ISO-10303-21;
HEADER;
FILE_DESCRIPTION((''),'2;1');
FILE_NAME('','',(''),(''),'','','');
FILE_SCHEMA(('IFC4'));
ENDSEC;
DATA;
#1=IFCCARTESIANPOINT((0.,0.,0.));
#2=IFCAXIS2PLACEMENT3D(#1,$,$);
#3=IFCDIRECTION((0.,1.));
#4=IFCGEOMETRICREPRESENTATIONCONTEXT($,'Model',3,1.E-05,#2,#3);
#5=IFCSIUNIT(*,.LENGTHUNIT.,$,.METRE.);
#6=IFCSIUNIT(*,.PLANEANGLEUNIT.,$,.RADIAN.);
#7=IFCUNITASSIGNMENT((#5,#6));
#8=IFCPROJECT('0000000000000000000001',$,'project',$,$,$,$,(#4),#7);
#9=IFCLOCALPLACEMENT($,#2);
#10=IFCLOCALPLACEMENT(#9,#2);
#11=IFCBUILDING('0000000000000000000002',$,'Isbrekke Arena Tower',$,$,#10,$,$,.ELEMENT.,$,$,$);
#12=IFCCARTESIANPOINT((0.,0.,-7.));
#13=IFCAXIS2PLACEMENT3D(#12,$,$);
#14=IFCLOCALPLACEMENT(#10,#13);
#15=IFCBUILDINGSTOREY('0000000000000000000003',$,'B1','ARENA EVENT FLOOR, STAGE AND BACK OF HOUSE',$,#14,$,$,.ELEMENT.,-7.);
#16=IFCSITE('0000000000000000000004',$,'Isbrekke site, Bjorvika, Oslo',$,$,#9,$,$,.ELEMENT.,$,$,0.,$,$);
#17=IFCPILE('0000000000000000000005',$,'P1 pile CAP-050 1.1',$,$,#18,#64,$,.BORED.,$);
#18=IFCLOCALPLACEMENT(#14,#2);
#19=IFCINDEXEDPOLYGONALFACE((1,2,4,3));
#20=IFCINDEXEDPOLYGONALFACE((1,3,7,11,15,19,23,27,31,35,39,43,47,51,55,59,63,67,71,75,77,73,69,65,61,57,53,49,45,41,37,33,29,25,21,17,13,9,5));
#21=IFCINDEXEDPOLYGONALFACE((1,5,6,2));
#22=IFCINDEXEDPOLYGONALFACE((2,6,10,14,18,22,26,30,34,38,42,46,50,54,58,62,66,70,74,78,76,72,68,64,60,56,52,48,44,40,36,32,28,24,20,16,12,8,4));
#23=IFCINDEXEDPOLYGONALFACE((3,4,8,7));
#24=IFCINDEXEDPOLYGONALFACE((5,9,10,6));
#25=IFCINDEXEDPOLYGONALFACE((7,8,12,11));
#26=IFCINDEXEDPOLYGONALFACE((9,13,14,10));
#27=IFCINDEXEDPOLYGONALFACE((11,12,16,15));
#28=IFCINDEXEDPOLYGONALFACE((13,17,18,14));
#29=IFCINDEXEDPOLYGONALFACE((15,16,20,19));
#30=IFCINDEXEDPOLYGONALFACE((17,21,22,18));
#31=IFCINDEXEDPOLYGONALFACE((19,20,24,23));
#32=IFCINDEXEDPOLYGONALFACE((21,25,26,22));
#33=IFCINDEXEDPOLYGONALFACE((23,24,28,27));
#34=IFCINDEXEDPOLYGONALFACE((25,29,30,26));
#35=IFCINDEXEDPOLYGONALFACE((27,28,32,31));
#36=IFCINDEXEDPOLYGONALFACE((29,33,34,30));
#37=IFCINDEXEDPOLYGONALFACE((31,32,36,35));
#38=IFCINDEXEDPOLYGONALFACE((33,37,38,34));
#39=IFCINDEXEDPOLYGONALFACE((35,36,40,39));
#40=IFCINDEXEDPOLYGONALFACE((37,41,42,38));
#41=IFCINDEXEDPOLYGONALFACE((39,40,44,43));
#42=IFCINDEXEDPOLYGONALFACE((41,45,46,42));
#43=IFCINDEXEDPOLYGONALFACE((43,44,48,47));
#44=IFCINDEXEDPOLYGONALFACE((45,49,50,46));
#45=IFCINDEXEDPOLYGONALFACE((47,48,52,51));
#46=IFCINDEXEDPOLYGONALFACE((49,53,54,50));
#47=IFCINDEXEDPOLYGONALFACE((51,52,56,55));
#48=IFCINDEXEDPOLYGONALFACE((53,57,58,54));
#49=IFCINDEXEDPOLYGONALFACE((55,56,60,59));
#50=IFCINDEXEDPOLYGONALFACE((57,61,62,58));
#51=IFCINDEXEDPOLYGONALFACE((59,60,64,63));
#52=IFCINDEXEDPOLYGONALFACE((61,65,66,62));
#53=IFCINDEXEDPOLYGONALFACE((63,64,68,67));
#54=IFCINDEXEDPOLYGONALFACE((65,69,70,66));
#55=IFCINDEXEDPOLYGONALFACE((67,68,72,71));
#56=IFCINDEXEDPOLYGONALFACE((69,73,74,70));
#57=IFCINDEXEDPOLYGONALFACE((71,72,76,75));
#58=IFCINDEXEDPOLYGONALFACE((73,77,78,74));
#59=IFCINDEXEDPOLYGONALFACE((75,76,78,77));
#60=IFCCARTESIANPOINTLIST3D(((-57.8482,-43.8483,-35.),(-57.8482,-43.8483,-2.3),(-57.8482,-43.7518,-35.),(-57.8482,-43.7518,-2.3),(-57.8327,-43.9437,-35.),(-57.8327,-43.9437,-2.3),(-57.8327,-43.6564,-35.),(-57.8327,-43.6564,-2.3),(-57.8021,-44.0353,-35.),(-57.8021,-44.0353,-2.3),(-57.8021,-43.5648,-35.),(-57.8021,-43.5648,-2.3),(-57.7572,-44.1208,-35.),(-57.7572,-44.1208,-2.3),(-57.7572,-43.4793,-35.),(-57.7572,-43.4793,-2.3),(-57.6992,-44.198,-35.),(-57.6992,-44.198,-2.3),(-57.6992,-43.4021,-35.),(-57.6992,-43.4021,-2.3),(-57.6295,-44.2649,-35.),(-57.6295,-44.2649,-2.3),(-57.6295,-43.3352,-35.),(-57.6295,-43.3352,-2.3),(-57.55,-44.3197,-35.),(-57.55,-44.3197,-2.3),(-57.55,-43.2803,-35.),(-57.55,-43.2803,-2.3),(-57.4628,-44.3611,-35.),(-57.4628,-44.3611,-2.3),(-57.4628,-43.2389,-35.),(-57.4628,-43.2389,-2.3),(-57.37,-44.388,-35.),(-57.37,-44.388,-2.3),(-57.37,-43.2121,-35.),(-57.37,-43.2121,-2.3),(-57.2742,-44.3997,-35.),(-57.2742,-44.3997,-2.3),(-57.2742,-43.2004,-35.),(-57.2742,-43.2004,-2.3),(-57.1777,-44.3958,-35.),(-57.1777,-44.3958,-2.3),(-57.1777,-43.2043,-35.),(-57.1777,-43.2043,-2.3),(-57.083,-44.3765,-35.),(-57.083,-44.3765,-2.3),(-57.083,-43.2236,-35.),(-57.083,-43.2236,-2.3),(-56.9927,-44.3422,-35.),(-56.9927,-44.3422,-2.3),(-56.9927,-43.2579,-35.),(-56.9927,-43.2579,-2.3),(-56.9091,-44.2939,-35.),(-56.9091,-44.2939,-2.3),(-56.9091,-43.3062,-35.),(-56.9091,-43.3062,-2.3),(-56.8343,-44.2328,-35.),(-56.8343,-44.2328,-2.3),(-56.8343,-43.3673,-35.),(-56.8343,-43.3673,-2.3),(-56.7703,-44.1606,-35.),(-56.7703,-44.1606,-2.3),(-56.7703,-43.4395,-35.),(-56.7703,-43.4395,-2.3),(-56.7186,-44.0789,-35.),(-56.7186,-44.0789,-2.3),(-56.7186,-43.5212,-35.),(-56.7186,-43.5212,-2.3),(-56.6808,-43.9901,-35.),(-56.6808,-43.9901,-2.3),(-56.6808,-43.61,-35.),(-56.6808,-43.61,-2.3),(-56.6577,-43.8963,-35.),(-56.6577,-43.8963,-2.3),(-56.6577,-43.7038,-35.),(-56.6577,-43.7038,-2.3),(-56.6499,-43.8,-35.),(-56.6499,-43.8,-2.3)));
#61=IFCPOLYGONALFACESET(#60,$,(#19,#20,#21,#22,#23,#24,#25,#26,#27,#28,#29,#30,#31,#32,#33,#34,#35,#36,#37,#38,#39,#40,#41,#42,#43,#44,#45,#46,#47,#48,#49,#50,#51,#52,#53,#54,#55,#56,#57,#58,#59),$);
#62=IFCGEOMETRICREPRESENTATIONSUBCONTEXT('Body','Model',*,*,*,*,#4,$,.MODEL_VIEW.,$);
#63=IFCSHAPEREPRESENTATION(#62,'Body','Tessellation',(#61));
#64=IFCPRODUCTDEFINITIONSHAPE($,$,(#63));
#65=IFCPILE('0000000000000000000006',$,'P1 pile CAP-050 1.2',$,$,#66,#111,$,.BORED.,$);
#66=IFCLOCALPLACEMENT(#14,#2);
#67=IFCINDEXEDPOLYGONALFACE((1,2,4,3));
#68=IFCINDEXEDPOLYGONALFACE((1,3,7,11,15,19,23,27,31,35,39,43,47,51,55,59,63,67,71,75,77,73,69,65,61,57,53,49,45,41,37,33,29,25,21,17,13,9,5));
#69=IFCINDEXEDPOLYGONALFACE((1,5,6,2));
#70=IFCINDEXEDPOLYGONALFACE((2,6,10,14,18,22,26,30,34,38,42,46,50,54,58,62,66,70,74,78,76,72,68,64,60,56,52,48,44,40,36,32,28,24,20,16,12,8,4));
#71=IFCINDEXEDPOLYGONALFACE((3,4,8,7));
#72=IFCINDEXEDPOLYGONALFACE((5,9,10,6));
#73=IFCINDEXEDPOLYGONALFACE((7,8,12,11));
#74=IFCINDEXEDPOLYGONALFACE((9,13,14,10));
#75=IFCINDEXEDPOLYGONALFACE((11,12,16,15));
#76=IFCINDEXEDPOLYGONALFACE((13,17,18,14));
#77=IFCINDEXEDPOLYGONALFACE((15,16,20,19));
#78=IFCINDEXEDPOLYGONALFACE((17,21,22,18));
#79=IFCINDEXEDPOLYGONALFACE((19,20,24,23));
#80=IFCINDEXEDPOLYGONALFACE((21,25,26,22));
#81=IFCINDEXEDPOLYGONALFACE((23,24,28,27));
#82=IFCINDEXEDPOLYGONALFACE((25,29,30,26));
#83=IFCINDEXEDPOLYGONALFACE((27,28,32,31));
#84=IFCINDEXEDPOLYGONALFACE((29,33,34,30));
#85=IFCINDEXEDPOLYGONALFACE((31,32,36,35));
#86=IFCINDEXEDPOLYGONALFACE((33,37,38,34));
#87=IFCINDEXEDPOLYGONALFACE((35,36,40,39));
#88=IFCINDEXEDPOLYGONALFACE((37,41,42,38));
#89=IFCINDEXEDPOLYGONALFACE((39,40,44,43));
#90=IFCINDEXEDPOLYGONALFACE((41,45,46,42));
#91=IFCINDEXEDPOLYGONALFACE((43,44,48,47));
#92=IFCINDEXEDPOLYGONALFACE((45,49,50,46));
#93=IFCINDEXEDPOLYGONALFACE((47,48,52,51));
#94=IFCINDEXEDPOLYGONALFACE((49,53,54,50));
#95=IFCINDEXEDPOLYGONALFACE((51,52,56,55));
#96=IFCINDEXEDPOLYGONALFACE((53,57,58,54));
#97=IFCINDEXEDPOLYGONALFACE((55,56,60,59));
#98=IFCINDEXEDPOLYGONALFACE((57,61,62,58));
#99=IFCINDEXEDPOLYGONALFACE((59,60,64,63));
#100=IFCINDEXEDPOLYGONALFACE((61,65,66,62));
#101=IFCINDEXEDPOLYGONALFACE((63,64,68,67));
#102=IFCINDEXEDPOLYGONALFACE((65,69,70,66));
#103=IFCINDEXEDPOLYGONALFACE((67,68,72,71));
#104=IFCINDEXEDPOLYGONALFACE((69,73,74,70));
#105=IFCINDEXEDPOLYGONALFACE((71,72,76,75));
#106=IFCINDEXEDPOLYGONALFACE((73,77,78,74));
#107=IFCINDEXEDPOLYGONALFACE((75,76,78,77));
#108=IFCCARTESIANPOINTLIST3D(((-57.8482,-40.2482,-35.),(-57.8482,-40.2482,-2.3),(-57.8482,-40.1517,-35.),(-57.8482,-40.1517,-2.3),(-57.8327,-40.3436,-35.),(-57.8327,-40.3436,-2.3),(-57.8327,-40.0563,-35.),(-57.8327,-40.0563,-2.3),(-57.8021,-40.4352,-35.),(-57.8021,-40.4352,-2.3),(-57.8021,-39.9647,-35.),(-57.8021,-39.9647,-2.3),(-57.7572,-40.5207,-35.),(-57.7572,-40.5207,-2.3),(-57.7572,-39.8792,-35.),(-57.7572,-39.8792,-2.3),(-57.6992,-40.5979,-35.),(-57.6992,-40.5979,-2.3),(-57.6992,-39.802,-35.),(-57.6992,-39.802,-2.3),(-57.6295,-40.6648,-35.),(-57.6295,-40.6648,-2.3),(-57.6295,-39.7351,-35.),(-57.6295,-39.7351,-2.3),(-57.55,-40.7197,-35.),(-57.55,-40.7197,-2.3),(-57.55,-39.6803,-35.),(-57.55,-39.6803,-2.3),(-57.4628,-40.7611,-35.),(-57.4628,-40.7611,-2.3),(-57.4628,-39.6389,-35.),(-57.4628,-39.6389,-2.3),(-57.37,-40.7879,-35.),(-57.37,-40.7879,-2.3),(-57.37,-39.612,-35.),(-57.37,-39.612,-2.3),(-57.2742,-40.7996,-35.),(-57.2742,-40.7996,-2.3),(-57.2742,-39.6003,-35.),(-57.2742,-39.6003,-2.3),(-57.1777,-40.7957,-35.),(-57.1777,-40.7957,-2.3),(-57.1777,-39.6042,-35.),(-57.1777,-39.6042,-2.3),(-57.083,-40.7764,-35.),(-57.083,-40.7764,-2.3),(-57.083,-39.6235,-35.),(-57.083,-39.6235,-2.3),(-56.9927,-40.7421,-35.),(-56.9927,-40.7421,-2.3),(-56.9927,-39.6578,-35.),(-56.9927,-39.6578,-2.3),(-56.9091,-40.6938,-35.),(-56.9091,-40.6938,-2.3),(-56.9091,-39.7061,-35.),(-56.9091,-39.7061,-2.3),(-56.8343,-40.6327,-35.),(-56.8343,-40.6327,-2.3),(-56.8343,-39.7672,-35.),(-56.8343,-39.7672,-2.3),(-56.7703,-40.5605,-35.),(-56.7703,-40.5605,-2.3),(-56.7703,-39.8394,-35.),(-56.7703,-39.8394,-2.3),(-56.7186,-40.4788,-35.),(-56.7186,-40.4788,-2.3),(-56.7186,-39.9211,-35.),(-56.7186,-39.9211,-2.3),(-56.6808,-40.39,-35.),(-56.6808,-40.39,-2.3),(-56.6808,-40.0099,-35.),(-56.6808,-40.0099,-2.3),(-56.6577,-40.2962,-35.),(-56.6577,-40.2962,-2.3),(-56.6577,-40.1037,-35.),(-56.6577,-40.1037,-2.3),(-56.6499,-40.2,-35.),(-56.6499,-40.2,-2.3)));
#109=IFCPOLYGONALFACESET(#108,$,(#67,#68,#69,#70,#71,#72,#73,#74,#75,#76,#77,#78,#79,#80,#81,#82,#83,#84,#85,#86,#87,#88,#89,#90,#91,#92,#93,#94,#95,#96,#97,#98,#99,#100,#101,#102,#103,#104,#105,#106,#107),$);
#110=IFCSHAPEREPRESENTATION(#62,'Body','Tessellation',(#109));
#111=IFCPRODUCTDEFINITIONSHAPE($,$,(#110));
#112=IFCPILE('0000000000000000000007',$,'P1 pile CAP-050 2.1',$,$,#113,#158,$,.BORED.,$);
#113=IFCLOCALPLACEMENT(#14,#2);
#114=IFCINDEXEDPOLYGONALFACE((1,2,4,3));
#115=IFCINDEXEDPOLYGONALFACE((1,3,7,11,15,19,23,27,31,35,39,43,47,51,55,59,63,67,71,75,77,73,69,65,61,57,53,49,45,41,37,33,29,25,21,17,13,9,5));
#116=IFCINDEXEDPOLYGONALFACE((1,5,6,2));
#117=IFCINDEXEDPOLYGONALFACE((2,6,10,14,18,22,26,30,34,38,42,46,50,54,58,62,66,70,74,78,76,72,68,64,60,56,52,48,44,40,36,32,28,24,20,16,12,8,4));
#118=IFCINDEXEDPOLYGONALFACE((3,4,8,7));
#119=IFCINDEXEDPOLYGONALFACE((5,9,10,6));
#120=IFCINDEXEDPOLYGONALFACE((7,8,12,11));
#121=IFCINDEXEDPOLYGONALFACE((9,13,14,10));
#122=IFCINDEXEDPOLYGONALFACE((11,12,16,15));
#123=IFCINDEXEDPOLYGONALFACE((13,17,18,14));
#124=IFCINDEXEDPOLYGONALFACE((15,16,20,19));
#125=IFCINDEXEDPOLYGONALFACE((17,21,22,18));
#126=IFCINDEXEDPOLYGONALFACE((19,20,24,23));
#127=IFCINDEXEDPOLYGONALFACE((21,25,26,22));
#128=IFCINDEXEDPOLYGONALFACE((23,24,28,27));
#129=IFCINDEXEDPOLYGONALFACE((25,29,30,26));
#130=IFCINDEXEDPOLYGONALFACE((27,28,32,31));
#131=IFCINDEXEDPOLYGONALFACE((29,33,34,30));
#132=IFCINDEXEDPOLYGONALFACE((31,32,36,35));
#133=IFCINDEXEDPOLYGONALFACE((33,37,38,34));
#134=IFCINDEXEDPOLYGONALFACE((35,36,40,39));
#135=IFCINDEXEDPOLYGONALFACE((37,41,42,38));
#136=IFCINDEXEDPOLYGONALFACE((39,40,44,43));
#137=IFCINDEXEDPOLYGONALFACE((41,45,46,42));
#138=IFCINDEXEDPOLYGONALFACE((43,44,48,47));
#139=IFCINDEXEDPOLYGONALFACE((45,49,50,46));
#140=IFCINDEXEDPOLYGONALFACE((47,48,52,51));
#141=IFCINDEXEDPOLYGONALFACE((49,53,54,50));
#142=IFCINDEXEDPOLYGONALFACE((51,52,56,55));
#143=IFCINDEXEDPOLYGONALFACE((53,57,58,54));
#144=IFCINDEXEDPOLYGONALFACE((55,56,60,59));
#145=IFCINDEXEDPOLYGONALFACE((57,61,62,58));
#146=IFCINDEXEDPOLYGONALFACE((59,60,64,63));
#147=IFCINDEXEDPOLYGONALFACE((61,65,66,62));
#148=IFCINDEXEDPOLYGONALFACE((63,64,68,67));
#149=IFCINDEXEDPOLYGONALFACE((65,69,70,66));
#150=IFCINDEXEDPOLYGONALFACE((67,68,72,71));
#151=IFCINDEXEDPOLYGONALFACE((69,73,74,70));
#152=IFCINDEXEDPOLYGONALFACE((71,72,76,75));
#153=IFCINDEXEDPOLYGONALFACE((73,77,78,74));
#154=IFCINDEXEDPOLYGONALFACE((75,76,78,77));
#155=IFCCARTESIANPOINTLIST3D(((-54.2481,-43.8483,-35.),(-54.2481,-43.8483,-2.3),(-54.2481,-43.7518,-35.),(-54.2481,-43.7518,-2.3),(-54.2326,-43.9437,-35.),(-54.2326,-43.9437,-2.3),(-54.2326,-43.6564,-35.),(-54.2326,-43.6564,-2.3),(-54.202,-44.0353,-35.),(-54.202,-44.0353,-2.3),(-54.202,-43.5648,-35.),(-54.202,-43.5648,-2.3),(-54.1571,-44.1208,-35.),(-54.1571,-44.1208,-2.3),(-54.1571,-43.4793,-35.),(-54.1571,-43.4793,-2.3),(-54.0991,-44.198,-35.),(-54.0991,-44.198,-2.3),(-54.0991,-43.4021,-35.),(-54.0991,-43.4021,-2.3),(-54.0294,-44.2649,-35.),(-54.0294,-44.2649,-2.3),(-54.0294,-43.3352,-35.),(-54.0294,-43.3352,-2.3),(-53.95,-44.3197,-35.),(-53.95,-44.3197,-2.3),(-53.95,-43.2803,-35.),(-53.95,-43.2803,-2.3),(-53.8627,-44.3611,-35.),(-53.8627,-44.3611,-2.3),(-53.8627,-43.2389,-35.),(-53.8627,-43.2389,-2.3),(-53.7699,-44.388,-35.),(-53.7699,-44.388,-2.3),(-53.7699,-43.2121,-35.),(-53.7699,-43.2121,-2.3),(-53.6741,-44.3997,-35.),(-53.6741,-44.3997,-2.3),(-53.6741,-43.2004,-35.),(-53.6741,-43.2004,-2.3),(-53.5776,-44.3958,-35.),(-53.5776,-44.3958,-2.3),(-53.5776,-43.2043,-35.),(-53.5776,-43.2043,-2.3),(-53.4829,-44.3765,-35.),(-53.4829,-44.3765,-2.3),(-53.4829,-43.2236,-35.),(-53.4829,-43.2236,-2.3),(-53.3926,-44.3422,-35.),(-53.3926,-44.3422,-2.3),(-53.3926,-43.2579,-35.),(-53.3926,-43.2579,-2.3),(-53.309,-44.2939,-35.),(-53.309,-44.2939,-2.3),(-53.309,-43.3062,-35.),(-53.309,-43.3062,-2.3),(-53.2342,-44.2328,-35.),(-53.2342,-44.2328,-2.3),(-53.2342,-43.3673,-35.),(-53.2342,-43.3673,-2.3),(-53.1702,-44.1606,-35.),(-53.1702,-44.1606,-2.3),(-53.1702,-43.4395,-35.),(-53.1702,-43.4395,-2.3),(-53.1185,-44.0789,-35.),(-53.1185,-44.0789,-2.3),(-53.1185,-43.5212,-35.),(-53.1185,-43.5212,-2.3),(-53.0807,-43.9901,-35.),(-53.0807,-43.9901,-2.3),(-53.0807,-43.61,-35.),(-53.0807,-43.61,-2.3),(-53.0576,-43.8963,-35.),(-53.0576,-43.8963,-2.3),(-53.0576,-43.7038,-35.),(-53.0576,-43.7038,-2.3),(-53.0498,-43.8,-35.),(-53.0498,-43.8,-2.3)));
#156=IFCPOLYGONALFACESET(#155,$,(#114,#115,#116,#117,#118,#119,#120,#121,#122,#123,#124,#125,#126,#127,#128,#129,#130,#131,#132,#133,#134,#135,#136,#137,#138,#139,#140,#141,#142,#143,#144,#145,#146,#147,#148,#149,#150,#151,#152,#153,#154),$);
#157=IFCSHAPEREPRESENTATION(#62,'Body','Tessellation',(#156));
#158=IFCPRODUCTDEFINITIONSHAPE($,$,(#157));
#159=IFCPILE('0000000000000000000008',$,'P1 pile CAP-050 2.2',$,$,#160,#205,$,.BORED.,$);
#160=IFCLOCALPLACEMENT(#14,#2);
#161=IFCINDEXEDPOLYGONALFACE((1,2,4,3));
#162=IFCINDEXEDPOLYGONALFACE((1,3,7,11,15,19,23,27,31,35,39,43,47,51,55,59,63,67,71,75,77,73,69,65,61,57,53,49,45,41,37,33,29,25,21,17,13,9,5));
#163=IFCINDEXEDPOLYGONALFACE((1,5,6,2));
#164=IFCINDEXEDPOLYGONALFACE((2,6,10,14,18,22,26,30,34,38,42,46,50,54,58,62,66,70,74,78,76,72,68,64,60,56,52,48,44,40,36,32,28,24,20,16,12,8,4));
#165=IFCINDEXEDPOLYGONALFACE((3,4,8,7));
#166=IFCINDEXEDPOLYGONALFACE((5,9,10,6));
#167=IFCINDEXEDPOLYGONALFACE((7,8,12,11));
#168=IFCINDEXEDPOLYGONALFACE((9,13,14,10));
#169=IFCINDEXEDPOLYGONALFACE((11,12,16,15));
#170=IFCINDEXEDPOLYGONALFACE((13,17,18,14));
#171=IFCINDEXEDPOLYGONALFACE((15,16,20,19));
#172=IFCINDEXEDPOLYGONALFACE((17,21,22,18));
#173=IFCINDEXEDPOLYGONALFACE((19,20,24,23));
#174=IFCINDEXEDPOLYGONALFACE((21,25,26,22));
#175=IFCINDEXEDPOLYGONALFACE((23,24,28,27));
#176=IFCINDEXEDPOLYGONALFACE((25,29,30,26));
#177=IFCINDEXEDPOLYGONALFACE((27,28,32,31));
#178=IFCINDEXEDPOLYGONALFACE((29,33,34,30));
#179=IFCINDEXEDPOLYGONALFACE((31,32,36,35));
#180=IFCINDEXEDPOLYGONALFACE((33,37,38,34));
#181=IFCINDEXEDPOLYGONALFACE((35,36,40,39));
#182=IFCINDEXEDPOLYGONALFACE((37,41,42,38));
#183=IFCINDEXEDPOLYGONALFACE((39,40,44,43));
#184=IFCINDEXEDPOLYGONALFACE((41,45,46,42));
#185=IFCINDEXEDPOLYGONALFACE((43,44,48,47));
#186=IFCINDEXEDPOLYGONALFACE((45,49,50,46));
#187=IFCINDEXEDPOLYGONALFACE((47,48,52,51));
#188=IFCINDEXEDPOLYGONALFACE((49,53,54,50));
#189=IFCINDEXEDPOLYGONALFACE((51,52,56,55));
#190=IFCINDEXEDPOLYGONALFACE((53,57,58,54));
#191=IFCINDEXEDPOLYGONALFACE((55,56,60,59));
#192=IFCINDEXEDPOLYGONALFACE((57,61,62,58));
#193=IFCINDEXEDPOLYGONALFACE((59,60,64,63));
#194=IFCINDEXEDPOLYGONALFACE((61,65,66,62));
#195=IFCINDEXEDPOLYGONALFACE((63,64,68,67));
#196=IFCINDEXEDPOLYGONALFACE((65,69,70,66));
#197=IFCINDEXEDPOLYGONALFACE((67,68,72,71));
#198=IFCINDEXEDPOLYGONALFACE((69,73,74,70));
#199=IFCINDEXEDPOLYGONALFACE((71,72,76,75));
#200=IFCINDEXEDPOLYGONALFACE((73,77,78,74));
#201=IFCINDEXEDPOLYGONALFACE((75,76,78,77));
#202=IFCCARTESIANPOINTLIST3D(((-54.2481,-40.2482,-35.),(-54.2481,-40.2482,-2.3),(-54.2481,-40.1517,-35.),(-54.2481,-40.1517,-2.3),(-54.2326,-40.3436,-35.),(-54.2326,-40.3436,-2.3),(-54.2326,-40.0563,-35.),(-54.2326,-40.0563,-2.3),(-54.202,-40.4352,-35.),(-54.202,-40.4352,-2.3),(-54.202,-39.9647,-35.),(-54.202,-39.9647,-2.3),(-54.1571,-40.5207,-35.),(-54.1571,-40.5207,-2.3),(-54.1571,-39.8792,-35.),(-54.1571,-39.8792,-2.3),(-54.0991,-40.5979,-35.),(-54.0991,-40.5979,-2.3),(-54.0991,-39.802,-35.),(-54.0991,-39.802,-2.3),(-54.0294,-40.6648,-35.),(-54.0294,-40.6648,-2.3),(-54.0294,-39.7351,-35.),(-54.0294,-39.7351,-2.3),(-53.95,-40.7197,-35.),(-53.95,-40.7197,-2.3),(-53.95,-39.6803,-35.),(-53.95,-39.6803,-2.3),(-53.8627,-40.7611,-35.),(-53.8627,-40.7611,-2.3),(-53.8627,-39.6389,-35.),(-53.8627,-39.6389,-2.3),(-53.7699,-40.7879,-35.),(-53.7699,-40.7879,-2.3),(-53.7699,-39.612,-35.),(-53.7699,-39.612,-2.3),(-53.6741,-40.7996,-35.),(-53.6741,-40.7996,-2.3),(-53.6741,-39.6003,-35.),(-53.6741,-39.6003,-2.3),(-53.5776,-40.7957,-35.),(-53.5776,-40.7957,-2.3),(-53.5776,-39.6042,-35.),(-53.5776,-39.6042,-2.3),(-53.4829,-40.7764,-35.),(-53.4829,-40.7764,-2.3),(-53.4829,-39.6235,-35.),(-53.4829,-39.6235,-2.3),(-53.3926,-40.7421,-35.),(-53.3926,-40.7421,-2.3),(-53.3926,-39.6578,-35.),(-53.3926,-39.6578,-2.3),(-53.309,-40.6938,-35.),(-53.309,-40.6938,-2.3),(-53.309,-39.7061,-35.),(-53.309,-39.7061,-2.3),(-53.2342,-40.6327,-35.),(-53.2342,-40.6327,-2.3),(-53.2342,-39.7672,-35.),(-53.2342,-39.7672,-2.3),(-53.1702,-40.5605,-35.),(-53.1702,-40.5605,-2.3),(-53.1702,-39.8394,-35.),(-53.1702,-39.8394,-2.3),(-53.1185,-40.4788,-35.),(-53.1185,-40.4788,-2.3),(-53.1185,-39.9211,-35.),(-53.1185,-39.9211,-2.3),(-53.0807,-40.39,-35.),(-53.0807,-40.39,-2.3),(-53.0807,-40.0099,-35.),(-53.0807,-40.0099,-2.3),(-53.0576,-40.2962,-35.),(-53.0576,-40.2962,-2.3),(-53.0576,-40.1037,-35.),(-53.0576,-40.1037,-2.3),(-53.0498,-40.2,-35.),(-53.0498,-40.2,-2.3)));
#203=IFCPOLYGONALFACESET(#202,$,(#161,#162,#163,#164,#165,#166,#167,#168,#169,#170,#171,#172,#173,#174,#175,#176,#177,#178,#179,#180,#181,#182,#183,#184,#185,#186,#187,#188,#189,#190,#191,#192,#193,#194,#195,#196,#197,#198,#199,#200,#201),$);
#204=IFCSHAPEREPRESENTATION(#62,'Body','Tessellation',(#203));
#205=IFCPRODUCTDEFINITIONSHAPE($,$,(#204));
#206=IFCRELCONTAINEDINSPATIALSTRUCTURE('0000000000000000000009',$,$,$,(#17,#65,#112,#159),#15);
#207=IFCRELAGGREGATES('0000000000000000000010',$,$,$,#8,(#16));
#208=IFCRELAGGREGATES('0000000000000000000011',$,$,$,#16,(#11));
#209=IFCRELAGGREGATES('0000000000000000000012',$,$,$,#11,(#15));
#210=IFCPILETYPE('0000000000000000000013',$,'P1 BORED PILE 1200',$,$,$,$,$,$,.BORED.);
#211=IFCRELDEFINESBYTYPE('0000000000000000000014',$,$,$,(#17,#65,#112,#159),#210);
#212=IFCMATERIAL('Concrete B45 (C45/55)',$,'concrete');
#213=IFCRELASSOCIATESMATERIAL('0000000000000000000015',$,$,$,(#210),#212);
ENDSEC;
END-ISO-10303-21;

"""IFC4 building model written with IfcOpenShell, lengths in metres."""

from ifc_helpers import new_model, si_unit, direction, frame, origin, origin_2d, place, context, subcontext, project, spatial, circle, extrude, material, material_profile, profile_set, type_object, element, save


model = new_model("IFC4")

# Units and contexts
model_context = context("Model", 3, precision=1e-05, world=origin(), true_north=direction((0.0, 1.0)))
body_context = subcontext(model_context, "Body", "Model", "MODEL_VIEW")
ifc_project = project(units=[si_unit("LENGTHUNIT", "METRE"), si_unit("PLANEANGLEUNIT", "RADIAN")], contexts=[model_context])

# Site, building, storey
site_placement = place(None, origin())
site = spatial("IfcSite", under=ifc_project, at=site_placement, Name="Isbrekke site, Bjorvika, Oslo", CompositionType="ELEMENT", RefElevation=0.0)
building_placement = place(site_placement, origin())
building = spatial("IfcBuilding", under=site, at=building_placement, Name="Isbrekke Arena Tower", CompositionType="ELEMENT")
storey_placement = place(building_placement, frame((0.0, 0.0, -7.0)))
storey = spatial("IfcBuildingStorey", under=building, at=storey_placement, Name="B1", Description="ARENA EVENT FLOOR, STAGE AND BACK OF HOUSE", CompositionType="ELEMENT", Elevation=-7.0)

# Piles
ifc_material_1 = material(Name="Concrete B45 (C45/55)", Category="concrete")
ifc_material_profile_1 = material_profile(ifc_material_1, circle(Radius=0.6001, at=origin_2d()), Name="BORED PILE D1200")
ifc_profile_set_1 = profile_set([ifc_material_profile_1], Name="Concrete B45 (C45/55)")
pile_type = type_object("IfcPileType", Name="P1 BORED PILE 1200", PredefinedType="BORED", material=ifc_profile_set_1)
for number, where, z_axis, x_axis, name in (
    (1, (-57.25, -43.8, -2.3), (0.0, 0.0, -1.0), (1.0, 0.0, 0.0), "P1 pile CAP-050 1.1"),
    (2, (-57.25, -40.2, -2.3), (0.0, 0.0, -1.0), (1.0, 0.0, 0.0), "P1 pile CAP-050 1.2"),
    (3, (-53.6499, -43.8, -2.3), (0.0, 0.0, -1.0), (1.0, 0.0, 0.0), "P1 pile CAP-050 2.1"),
    (4, (-53.6499, -40.2, -2.3), (0.0, 0.0, -1.0), (1.0, 0.0, 0.0), "P1 pile CAP-050 2.2"),
):
    element("IfcPile", number, at=place(storey_placement, frame(where, z_axis=z_axis, x_axis=x_axis)), inside=storey, type_object=pile_type, Name=name, PredefinedType="BORED", context=body_context, shape_type="SweptSolid", body=[
        extrude(circle(Radius=0.6001, at=origin_2d()), origin(), (0.0, 0.0, 1.0), 32.7),
    ])

save(model, "model.ifc")
